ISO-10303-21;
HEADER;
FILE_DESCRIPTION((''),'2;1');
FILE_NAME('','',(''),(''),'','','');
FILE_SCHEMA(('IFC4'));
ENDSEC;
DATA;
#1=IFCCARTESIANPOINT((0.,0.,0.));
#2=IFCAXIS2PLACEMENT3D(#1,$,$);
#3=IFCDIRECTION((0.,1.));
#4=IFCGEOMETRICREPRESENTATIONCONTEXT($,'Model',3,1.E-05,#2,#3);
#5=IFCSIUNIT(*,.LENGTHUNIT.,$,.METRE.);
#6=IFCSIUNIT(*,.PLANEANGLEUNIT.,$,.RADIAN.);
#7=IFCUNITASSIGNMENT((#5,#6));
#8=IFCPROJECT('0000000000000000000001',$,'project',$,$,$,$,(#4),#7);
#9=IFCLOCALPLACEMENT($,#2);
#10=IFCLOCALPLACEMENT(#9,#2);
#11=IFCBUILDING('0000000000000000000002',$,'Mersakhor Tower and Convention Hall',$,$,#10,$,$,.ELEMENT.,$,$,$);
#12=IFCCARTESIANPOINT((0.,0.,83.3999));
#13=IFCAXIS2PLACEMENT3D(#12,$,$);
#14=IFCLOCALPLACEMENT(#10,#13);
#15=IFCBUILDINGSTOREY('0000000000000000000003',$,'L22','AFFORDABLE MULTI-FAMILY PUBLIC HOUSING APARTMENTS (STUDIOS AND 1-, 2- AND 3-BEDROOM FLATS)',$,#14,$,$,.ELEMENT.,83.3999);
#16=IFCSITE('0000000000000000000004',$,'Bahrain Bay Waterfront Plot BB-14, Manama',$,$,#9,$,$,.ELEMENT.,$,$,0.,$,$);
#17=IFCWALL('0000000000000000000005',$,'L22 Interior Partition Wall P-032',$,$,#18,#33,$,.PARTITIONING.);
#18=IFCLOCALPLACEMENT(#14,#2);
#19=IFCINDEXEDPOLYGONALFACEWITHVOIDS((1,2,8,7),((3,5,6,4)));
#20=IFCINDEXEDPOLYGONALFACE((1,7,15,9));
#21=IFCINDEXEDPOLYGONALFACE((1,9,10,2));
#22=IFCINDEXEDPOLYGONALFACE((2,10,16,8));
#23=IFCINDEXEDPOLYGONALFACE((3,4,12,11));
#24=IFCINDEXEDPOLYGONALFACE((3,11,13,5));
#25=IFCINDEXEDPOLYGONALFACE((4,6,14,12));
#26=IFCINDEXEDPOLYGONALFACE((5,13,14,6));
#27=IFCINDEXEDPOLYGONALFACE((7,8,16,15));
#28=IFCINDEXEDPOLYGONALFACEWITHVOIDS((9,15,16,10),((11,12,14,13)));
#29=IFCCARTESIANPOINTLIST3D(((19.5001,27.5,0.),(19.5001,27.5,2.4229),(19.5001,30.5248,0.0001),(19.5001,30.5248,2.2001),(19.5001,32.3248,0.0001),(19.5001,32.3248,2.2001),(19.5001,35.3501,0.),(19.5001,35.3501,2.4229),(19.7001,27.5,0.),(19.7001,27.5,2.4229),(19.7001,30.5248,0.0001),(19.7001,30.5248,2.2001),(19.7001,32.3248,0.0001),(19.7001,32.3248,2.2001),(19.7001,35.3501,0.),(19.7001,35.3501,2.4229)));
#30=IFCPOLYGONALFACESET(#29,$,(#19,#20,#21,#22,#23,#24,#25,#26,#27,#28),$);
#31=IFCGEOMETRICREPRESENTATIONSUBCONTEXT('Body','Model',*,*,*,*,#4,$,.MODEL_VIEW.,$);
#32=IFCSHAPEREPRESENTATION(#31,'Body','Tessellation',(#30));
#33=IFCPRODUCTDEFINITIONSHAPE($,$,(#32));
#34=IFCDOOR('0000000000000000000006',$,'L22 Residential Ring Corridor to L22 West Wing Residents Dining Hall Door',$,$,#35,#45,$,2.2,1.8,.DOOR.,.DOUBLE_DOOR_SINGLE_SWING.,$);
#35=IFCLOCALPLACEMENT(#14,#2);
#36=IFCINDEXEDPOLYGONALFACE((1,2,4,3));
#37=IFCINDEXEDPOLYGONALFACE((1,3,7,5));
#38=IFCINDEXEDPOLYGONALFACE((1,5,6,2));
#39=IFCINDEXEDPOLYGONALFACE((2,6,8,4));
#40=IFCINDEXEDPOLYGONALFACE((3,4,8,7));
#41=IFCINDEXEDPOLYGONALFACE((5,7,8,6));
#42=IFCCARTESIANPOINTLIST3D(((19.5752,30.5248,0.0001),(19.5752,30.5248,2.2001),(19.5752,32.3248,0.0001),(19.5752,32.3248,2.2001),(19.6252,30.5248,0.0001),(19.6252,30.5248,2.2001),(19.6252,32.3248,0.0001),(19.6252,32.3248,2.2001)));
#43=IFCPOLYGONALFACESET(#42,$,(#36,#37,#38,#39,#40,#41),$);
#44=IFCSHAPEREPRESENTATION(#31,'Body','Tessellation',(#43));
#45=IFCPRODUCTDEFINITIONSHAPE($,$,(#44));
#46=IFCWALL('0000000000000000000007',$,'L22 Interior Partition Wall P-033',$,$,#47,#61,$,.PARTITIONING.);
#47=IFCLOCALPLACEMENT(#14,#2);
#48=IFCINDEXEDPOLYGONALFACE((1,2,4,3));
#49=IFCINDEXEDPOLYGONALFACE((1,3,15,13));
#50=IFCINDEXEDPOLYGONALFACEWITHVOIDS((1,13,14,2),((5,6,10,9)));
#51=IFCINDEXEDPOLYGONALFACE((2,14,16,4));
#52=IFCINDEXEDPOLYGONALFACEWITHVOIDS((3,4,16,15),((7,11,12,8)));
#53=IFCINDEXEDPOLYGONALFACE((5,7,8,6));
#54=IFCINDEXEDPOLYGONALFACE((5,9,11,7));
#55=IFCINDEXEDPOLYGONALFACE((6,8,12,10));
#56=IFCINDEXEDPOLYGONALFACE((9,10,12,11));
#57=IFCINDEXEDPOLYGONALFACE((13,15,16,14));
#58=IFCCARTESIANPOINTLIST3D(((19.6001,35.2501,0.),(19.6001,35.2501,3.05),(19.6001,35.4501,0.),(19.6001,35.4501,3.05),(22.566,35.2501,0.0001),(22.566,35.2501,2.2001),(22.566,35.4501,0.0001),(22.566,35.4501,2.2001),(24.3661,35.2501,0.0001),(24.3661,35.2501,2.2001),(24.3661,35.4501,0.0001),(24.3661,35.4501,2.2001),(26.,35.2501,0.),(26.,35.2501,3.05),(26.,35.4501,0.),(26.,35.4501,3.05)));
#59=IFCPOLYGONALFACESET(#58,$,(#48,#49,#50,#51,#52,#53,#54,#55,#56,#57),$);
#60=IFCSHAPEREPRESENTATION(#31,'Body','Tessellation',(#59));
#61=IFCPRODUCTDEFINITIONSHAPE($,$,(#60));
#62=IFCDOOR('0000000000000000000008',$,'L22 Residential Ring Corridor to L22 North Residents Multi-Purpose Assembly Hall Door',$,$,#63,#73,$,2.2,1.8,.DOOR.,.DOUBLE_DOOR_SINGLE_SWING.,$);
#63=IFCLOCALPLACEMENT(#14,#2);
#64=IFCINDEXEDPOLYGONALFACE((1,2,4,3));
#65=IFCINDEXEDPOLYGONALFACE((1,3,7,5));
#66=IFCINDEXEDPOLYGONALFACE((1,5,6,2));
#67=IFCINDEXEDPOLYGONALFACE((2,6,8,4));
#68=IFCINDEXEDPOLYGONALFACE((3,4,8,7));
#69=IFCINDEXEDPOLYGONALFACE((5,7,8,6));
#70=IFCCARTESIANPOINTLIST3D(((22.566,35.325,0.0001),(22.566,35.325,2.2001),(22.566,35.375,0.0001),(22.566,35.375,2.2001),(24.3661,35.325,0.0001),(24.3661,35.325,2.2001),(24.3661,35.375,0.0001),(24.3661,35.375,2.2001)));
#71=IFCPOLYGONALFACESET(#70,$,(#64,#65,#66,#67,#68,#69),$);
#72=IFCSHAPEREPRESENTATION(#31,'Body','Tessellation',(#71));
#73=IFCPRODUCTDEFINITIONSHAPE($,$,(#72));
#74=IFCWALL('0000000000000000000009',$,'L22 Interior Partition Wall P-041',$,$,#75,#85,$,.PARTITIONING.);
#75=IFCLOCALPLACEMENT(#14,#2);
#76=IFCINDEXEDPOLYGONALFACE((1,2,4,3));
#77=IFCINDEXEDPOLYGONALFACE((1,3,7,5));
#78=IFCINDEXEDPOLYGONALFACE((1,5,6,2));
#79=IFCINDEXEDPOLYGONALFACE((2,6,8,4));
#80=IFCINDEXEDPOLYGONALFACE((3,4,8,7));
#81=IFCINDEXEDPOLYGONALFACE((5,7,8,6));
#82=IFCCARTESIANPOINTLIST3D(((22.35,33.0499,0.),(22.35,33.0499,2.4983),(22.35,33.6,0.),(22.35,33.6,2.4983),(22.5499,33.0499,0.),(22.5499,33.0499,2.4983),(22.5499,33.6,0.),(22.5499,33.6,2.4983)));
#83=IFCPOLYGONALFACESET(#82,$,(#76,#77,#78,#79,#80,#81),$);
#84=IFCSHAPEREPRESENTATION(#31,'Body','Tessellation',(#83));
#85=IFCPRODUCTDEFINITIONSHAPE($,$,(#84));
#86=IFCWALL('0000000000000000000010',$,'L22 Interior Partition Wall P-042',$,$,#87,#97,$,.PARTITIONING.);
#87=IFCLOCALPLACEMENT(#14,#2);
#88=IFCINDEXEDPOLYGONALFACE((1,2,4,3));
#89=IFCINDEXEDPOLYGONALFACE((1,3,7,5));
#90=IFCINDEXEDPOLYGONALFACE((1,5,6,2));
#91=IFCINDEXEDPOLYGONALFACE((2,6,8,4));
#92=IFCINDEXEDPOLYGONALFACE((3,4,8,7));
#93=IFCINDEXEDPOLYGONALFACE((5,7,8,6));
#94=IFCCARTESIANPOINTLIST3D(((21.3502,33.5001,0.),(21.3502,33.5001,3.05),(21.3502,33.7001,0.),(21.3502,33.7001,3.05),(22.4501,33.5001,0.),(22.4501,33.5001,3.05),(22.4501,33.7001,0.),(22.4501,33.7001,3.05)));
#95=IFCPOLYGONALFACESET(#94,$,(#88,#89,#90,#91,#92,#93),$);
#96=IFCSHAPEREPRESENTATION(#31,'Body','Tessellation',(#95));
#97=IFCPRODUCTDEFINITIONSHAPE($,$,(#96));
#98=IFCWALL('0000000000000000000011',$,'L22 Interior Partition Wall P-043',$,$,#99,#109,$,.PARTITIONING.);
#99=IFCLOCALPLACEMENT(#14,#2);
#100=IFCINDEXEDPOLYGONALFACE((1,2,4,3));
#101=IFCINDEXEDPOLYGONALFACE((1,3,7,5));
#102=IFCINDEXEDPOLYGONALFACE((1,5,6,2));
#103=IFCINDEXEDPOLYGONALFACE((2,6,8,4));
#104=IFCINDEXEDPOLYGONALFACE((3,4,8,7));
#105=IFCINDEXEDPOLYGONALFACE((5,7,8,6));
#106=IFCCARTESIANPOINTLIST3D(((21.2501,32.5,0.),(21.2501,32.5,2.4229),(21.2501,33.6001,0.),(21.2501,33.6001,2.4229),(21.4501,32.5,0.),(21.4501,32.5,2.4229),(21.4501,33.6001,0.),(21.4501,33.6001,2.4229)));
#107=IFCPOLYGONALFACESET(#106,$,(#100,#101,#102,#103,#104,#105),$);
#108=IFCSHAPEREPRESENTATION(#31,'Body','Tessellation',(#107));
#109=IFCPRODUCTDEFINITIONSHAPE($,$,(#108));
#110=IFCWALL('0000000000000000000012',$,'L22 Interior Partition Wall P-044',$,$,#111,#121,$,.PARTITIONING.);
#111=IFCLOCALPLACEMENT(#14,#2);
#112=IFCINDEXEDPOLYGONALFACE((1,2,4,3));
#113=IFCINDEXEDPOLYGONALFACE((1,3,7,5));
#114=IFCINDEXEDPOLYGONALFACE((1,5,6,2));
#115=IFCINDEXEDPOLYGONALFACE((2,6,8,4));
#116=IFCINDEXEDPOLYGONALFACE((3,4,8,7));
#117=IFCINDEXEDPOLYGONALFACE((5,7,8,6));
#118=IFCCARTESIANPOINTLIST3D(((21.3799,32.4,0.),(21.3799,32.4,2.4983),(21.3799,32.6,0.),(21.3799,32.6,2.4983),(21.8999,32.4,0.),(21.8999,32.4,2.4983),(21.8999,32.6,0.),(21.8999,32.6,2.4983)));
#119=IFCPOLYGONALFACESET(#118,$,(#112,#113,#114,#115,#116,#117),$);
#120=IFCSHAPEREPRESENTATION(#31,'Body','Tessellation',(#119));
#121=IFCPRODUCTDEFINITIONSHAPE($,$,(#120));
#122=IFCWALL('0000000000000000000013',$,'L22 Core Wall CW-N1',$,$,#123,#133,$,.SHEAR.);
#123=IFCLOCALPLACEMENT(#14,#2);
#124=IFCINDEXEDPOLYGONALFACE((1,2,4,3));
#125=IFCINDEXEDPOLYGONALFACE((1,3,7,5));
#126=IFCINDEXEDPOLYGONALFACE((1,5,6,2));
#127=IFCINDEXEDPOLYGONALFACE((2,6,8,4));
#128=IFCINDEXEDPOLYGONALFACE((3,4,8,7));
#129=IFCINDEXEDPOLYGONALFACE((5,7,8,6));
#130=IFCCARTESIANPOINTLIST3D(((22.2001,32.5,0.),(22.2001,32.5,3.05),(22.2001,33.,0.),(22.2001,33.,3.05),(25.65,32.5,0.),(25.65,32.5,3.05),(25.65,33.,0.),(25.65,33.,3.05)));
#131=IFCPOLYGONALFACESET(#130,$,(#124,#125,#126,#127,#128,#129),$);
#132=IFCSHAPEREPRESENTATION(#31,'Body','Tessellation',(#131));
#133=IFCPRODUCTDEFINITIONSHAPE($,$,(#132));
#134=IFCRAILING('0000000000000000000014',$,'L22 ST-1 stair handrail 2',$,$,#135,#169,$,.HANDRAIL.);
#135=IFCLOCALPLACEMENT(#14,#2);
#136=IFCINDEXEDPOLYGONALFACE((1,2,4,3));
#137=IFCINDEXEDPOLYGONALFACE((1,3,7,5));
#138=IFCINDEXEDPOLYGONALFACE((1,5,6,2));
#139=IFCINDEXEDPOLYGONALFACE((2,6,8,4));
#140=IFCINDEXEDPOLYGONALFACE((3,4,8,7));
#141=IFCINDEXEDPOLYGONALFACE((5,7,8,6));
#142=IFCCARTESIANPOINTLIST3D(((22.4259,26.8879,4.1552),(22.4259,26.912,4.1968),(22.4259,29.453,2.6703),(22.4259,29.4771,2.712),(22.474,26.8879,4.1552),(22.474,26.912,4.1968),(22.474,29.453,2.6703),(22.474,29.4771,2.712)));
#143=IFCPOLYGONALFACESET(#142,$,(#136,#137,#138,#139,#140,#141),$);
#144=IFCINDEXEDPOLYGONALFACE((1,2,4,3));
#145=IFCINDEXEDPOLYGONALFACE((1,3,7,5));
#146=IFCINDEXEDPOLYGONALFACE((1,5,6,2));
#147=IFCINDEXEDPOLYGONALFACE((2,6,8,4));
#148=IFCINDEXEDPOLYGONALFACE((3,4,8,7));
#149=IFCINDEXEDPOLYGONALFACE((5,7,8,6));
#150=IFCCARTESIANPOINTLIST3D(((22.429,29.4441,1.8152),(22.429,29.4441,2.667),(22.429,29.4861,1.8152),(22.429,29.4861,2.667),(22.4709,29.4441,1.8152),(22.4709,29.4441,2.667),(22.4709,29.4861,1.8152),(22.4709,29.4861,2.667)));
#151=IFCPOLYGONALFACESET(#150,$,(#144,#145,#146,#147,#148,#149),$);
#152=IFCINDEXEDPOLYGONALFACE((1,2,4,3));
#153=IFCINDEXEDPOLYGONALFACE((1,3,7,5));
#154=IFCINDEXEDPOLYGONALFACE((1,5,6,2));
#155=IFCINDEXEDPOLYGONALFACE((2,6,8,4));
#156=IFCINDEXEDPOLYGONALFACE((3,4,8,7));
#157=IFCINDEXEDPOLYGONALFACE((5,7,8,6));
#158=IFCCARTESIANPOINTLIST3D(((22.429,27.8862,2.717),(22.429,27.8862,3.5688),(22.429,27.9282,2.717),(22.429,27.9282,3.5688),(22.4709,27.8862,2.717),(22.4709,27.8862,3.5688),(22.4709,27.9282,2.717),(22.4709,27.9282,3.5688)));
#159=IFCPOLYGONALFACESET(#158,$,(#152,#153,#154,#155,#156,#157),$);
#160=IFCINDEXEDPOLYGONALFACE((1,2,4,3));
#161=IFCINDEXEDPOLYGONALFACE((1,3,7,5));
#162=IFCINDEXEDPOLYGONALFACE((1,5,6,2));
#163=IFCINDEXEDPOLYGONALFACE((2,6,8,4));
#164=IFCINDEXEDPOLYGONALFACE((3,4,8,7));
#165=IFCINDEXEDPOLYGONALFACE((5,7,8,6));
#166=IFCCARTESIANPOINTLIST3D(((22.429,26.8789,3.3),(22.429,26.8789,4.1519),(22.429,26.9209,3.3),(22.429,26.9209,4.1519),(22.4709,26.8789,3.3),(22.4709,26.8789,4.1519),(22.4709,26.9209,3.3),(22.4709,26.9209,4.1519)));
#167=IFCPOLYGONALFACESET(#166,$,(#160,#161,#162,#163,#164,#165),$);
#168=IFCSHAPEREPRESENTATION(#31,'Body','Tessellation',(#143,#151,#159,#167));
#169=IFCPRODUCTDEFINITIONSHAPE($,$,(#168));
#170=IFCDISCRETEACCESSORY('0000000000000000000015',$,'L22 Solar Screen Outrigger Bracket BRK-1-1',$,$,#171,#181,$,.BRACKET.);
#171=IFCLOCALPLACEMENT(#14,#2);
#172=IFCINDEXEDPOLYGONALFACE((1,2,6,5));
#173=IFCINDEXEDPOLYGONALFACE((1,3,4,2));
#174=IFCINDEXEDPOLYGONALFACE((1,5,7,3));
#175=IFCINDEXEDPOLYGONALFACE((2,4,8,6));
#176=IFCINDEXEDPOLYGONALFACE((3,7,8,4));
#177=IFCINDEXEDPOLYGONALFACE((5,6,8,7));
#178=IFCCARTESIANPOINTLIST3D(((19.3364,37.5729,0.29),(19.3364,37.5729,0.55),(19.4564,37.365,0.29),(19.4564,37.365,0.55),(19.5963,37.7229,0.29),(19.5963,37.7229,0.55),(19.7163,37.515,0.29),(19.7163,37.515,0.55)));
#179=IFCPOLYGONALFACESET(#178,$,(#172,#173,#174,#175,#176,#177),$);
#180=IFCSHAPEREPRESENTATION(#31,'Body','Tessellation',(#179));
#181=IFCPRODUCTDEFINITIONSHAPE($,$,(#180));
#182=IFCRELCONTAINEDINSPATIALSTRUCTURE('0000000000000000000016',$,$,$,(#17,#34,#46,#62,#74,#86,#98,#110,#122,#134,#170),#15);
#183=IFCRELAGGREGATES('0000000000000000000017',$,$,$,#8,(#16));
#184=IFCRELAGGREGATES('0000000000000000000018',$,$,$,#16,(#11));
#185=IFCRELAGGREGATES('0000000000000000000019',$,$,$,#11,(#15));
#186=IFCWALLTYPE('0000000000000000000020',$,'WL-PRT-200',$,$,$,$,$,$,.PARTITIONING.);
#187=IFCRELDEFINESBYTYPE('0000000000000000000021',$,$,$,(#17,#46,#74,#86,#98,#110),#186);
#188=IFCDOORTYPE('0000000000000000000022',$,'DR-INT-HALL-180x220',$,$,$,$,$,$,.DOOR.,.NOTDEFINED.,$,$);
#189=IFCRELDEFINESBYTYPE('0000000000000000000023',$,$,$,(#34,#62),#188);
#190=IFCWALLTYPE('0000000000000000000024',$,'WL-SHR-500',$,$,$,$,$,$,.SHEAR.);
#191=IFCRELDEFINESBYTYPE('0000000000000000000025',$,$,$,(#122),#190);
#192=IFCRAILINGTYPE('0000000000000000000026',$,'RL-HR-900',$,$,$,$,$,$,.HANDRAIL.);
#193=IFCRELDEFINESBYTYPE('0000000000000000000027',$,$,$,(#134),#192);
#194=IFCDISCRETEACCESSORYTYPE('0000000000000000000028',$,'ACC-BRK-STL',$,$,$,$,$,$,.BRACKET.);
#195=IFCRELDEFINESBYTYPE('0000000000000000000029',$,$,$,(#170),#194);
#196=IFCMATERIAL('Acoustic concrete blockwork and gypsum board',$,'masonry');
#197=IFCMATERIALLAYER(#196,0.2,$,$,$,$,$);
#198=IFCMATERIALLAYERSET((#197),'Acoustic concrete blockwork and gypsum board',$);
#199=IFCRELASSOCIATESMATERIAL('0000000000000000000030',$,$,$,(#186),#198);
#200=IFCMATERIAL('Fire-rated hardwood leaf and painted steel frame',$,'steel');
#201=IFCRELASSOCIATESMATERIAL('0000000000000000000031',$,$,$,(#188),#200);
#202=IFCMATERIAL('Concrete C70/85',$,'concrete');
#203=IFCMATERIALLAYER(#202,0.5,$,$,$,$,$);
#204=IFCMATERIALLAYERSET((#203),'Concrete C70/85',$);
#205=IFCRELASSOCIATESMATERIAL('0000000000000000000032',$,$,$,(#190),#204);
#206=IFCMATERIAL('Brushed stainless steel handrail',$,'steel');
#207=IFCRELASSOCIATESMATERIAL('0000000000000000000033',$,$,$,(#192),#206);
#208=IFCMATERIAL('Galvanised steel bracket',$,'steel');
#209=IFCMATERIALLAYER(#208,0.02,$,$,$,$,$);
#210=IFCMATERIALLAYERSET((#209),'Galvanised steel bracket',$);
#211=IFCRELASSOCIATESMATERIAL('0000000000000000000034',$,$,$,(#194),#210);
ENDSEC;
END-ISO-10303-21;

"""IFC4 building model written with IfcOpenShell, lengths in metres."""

from ifc_helpers import new_model, si_unit, direction, frame, frame_2d, origin, origin_2d, place, context, subcontext, project, spatial, rectangle, extrude, material, layer, layer_set, type_object, element, fill, save


model = new_model("IFC4")

# Units and contexts
model_context = context("Model", 3, precision=1e-05, world=origin(), true_north=direction((0.0, 1.0)))
body_context = subcontext(model_context, "Body", "Model", "MODEL_VIEW")
ifc_project = project(units=[si_unit("LENGTHUNIT", "METRE"), si_unit("PLANEANGLEUNIT", "RADIAN")], contexts=[model_context])

# Site, building, storey
site_placement = place(None, origin())
site = spatial("IfcSite", under=ifc_project, at=site_placement, Name="Bahrain Bay Waterfront Plot BB-14, Manama", CompositionType="ELEMENT", RefElevation=0.0)
building_placement = place(site_placement, origin())
building = spatial("IfcBuilding", under=site, at=building_placement, Name="Mersakhor Tower and Convention Hall", CompositionType="ELEMENT")
storey_placement = place(building_placement, frame((0.0, 0.0, 83.3999)))
storey = spatial("IfcBuildingStorey", under=building, at=storey_placement, Name="L22", Description="AFFORDABLE MULTI-FAMILY PUBLIC HOUSING APARTMENTS (STUDIOS AND 1-, 2- AND 3-BEDROOM FLATS)", CompositionType="ELEMENT", Elevation=83.3999)

# Walls, openings, doors
ifc_material_1 = material(Name="Acoustic concrete blockwork and gypsum board", Category="masonry")
ifc_layer_1 = layer(ifc_material_1, 0.2)
ifc_layer_set_1 = layer_set([ifc_layer_1], Name="Acoustic concrete blockwork and gypsum board")
wall_type_1 = type_object("IfcWallType", Name="WL-PRT-200", PredefinedType="PARTITIONING", material=ifc_layer_set_1)
wall_1_placement = place(storey_placement, frame((19.6001, 27.5, 0.0), z_axis=(0.0, 0.0, 1.0), x_axis=(0.0, 1.0, 0.0)))
wall_1 = element("IfcWall", 1, at=wall_1_placement, inside=storey, type_object=wall_type_1, Name="L22 Interior Partition Wall P-032", PredefinedType="PARTITIONING", context=body_context, shape_type="SweptSolid", body=[
    extrude(rectangle(XDim=7.8501, YDim=0.2, at=frame_2d((3.925, 0.0))), origin(), (0.0, 0.0, 1.0), 2.4229),
])
opening_1_placement = place(wall_1_placement, frame((3.0249, 0.0, 0.0)))
opening_1 = element("IfcOpeningElement", 2, at=opening_1_placement, cuts=wall_1, PredefinedType="OPENING", context=body_context, shape_type="SweptSolid", body=[
    extrude(rectangle(XDim=1.8, YDim=2.2, at=frame_2d((0.8999, 1.1001))), frame((0.0, 0.1099, 0.0), z_axis=(0.0, -1.0, 0.0), x_axis=(1.0, 0.0, 0.0)), (0.0, 0.0, 1.0), 0.22),
])
ifc_material_2 = material(Name="Fire-rated hardwood leaf and painted steel frame", Category="steel")
door_type = type_object("IfcDoorType", Name="DR-INT-HALL-180x220", OperationType="NOTDEFINED", PredefinedType="DOOR", material=ifc_material_2)
door_1_placement = place(opening_1_placement, origin())
door_1 = element("IfcDoor", 3, at=door_1_placement, inside=storey, type_object=door_type, Name="L22 Residential Ring Corridor to L22 West Wing Residents Dining Hall Door", OperationType="DOUBLE_DOOR_SINGLE_SWING", OverallHeight=2.2, OverallWidth=1.8, PredefinedType="DOOR", context=body_context, shape_type="SweptSolid", body=[
    extrude(rectangle(XDim=1.8, YDim=2.2, at=frame_2d((0.8999, 1.1001))), frame((0.0, 0.0249, 0.0), z_axis=(0.0, -1.0, 0.0), x_axis=(1.0, 0.0, 0.0)), (0.0, 0.0, 1.0), 0.05),
])
fill(opening_1, door_1)
wall_2_placement = place(storey_placement, frame((19.6001, 35.3501, 0.0), z_axis=(0.0, 0.0, 1.0), x_axis=(1.0, 0.0, 0.0)))
wall_2 = element("IfcWall", 4, at=wall_2_placement, inside=storey, type_object=wall_type_1, Name="L22 Interior Partition Wall P-033", PredefinedType="PARTITIONING", context=body_context, shape_type="SweptSolid", body=[
    extrude(rectangle(XDim=6.3999, YDim=0.2, at=frame_2d((3.2, 0.0))), origin(), (0.0, 0.0, 1.0), 3.05),
])
opening_2_placement = place(wall_2_placement, frame((2.9661, 0.0, 0.0)))
opening_2 = element("IfcOpeningElement", 5, at=opening_2_placement, cuts=wall_2, PredefinedType="OPENING", context=body_context, shape_type="SweptSolid", body=[
    extrude(rectangle(XDim=1.8, YDim=2.2, at=frame_2d((0.8999, 1.1001))), frame((0.0, 0.1099, 0.0), z_axis=(0.0, -1.0, 0.0), x_axis=(1.0, 0.0, 0.0)), (0.0, 0.0, 1.0), 0.22),
])
door_2_placement = place(opening_2_placement, origin())
door_2 = element("IfcDoor", 6, at=door_2_placement, inside=storey, type_object=door_type, Name="L22 Residential Ring Corridor to L22 North Residents Multi-Purpose Assembly Hall Door", OperationType="DOUBLE_DOOR_SINGLE_SWING", OverallHeight=2.2, OverallWidth=1.8, PredefinedType="DOOR", context=body_context, shape_type="SweptSolid", body=[
    extrude(rectangle(XDim=1.8, YDim=2.2, at=frame_2d((0.8999, 1.1001))), frame((0.0, 0.0249, 0.0), z_axis=(0.0, -1.0, 0.0), x_axis=(1.0, 0.0, 0.0)), (0.0, 0.0, 1.0), 0.05),
])
fill(opening_2, door_2)

# Walls
wall_3_placement = place(storey_placement, frame((22.45, 33.05, 0.0), z_axis=(0.0, 0.0, 1.0), x_axis=(0.0, 1.0, 0.0)))
element("IfcWall", 7, at=wall_3_placement, inside=storey, type_object=wall_type_1, Name="L22 Interior Partition Wall P-041", PredefinedType="PARTITIONING", context=body_context, shape_type="SweptSolid", body=[
    extrude(rectangle(XDim=0.55, YDim=0.2, at=frame_2d((0.2749, 0.0))), origin(), (0.0, 0.0, 1.0), 2.4983),
])
wall_4_placement = place(storey_placement, frame((22.45, 33.6001, 0.0), z_axis=(0.0, 0.0, 1.0), x_axis=(-1.0, 0.0, 0.0)))
element("IfcWall", 8, at=wall_4_placement, inside=storey, type_object=wall_type_1, Name="L22 Interior Partition Wall P-042", PredefinedType="PARTITIONING", context=body_context, shape_type="SweptSolid", body=[
    extrude(rectangle(XDim=1.0999, YDim=0.2, at=frame_2d((0.5498, 0.0))), origin(), (0.0, 0.0, 1.0), 3.05),
])
wall_5_placement = place(storey_placement, frame((21.3501, 33.6001, 0.0), z_axis=(0.0, 0.0, 1.0), x_axis=(0.0, -1.0, 0.0)))
element("IfcWall", 9, at=wall_5_placement, inside=storey, type_object=wall_type_1, Name="L22 Interior Partition Wall P-043", PredefinedType="PARTITIONING", context=body_context, shape_type="SweptSolid", body=[
    extrude(rectangle(XDim=1.1001, YDim=0.2, at=frame_2d((0.55, 0.0))), origin(), (0.0, 0.0, 1.0), 2.4229),
])
wall_6_placement = place(storey_placement, frame((21.3799, 32.5, 0.0), z_axis=(0.0, 0.0, 1.0), x_axis=(1.0, 0.0, 0.0)))
element("IfcWall", 10, at=wall_6_placement, inside=storey, type_object=wall_type_1, Name="L22 Interior Partition Wall P-044", PredefinedType="PARTITIONING", context=body_context, shape_type="SweptSolid", body=[
    extrude(rectangle(XDim=0.52, YDim=0.2, at=frame_2d((0.26, 0.0))), origin(), (0.0, 0.0, 1.0), 2.4983),
])
ifc_material_3 = material(Name="Concrete C70/85", Category="concrete")
ifc_layer_2 = layer(ifc_material_3, 0.5)
ifc_layer_set_2 = layer_set([ifc_layer_2], Name="Concrete C70/85")
wall_type_2 = type_object("IfcWallType", Name="WL-SHR-500", PredefinedType="SHEAR", material=ifc_layer_set_2)
wall_7_placement = place(storey_placement, frame((22.2, 32.75, 0.0), z_axis=(0.0, 0.0, 1.0), x_axis=(1.0, 0.0, 0.0)))
element("IfcWall", 11, at=wall_7_placement, inside=storey, type_object=wall_type_2, Name="L22 Core Wall CW-N1", PredefinedType="SHEAR", context=body_context, shape_type="SweptSolid", body=[
    extrude(rectangle(XDim=3.45, YDim=0.5, at=frame_2d((1.7251, 0.0))), origin(), (0.0, 0.0, 1.0), 3.05),
])

# Railing
ifc_material_4 = material(Name="Brushed stainless steel handrail", Category="steel")
railing_type = type_object("IfcRailingType", Name="RL-HR-900", PredefinedType="HANDRAIL", material=ifc_material_4)
railing_placement = place(storey_placement, frame((22.45, 29.4651, 1.8152)))
element("IfcRailing", 12, at=railing_placement, inside=storey, type_object=railing_type, Name="L22 ST-1 stair handrail 2", PredefinedType="HANDRAIL", context=body_context, shape_type="SweptSolid", body=[
    extrude(rectangle(XDim=0.0481, YDim=0.0481, at=origin_2d()), frame((0.0, 0.0, 0.876), z_axis=(0.0, -0.865462, 0.500975), x_axis=(1.0, 0.0, 0.0)), (0.0, 0.0, 1.0), 2.9639),
    extrude(rectangle(XDim=0.042, YDim=0.042, at=origin_2d()), origin(), (0.0, 0.0, 1.0), 0.8518),
    extrude(rectangle(XDim=0.042, YDim=0.042, at=origin_2d()), frame((0.0, -1.5579, 0.9019)), (0.0, 0.0, 1.0), 0.8518),
    extrude(rectangle(XDim=0.042, YDim=0.042, at=origin_2d()), frame((0.0, -2.5652, 1.4849)), (0.0, 0.0, 1.0), 0.8518),
])

# Discrete accessory
ifc_material_5 = material(Name="Galvanised steel bracket", Category="steel")
ifc_layer_3 = layer(ifc_material_5, 0.02)
ifc_layer_set_3 = layer_set([ifc_layer_3], Name="Galvanised steel bracket")
discrete_accessory_type = type_object("IfcDiscreteAccessoryType", Name="ACC-BRK-STL", PredefinedType="BRACKET", material=ifc_layer_set_3)
discrete_accessory_placement = place(storey_placement, frame((19.5264, 37.5439, 0.29), z_axis=(0.0, 0.0, 1.0), x_axis=(0.866025, 0.5, 0.0)))
element("IfcDiscreteAccessory", 13, at=discrete_accessory_placement, inside=storey, type_object=discrete_accessory_type, Name="L22 Solar Screen Outrigger Bracket BRK-1-1", PredefinedType="BRACKET", context=body_context, shape_type="SweptSolid", body=[
    extrude(rectangle(XDim=0.3, YDim=0.24, at=origin_2d()), origin(), (0.0, 0.0, 1.0), 0.26),
])

save(model, "model.ifc")
